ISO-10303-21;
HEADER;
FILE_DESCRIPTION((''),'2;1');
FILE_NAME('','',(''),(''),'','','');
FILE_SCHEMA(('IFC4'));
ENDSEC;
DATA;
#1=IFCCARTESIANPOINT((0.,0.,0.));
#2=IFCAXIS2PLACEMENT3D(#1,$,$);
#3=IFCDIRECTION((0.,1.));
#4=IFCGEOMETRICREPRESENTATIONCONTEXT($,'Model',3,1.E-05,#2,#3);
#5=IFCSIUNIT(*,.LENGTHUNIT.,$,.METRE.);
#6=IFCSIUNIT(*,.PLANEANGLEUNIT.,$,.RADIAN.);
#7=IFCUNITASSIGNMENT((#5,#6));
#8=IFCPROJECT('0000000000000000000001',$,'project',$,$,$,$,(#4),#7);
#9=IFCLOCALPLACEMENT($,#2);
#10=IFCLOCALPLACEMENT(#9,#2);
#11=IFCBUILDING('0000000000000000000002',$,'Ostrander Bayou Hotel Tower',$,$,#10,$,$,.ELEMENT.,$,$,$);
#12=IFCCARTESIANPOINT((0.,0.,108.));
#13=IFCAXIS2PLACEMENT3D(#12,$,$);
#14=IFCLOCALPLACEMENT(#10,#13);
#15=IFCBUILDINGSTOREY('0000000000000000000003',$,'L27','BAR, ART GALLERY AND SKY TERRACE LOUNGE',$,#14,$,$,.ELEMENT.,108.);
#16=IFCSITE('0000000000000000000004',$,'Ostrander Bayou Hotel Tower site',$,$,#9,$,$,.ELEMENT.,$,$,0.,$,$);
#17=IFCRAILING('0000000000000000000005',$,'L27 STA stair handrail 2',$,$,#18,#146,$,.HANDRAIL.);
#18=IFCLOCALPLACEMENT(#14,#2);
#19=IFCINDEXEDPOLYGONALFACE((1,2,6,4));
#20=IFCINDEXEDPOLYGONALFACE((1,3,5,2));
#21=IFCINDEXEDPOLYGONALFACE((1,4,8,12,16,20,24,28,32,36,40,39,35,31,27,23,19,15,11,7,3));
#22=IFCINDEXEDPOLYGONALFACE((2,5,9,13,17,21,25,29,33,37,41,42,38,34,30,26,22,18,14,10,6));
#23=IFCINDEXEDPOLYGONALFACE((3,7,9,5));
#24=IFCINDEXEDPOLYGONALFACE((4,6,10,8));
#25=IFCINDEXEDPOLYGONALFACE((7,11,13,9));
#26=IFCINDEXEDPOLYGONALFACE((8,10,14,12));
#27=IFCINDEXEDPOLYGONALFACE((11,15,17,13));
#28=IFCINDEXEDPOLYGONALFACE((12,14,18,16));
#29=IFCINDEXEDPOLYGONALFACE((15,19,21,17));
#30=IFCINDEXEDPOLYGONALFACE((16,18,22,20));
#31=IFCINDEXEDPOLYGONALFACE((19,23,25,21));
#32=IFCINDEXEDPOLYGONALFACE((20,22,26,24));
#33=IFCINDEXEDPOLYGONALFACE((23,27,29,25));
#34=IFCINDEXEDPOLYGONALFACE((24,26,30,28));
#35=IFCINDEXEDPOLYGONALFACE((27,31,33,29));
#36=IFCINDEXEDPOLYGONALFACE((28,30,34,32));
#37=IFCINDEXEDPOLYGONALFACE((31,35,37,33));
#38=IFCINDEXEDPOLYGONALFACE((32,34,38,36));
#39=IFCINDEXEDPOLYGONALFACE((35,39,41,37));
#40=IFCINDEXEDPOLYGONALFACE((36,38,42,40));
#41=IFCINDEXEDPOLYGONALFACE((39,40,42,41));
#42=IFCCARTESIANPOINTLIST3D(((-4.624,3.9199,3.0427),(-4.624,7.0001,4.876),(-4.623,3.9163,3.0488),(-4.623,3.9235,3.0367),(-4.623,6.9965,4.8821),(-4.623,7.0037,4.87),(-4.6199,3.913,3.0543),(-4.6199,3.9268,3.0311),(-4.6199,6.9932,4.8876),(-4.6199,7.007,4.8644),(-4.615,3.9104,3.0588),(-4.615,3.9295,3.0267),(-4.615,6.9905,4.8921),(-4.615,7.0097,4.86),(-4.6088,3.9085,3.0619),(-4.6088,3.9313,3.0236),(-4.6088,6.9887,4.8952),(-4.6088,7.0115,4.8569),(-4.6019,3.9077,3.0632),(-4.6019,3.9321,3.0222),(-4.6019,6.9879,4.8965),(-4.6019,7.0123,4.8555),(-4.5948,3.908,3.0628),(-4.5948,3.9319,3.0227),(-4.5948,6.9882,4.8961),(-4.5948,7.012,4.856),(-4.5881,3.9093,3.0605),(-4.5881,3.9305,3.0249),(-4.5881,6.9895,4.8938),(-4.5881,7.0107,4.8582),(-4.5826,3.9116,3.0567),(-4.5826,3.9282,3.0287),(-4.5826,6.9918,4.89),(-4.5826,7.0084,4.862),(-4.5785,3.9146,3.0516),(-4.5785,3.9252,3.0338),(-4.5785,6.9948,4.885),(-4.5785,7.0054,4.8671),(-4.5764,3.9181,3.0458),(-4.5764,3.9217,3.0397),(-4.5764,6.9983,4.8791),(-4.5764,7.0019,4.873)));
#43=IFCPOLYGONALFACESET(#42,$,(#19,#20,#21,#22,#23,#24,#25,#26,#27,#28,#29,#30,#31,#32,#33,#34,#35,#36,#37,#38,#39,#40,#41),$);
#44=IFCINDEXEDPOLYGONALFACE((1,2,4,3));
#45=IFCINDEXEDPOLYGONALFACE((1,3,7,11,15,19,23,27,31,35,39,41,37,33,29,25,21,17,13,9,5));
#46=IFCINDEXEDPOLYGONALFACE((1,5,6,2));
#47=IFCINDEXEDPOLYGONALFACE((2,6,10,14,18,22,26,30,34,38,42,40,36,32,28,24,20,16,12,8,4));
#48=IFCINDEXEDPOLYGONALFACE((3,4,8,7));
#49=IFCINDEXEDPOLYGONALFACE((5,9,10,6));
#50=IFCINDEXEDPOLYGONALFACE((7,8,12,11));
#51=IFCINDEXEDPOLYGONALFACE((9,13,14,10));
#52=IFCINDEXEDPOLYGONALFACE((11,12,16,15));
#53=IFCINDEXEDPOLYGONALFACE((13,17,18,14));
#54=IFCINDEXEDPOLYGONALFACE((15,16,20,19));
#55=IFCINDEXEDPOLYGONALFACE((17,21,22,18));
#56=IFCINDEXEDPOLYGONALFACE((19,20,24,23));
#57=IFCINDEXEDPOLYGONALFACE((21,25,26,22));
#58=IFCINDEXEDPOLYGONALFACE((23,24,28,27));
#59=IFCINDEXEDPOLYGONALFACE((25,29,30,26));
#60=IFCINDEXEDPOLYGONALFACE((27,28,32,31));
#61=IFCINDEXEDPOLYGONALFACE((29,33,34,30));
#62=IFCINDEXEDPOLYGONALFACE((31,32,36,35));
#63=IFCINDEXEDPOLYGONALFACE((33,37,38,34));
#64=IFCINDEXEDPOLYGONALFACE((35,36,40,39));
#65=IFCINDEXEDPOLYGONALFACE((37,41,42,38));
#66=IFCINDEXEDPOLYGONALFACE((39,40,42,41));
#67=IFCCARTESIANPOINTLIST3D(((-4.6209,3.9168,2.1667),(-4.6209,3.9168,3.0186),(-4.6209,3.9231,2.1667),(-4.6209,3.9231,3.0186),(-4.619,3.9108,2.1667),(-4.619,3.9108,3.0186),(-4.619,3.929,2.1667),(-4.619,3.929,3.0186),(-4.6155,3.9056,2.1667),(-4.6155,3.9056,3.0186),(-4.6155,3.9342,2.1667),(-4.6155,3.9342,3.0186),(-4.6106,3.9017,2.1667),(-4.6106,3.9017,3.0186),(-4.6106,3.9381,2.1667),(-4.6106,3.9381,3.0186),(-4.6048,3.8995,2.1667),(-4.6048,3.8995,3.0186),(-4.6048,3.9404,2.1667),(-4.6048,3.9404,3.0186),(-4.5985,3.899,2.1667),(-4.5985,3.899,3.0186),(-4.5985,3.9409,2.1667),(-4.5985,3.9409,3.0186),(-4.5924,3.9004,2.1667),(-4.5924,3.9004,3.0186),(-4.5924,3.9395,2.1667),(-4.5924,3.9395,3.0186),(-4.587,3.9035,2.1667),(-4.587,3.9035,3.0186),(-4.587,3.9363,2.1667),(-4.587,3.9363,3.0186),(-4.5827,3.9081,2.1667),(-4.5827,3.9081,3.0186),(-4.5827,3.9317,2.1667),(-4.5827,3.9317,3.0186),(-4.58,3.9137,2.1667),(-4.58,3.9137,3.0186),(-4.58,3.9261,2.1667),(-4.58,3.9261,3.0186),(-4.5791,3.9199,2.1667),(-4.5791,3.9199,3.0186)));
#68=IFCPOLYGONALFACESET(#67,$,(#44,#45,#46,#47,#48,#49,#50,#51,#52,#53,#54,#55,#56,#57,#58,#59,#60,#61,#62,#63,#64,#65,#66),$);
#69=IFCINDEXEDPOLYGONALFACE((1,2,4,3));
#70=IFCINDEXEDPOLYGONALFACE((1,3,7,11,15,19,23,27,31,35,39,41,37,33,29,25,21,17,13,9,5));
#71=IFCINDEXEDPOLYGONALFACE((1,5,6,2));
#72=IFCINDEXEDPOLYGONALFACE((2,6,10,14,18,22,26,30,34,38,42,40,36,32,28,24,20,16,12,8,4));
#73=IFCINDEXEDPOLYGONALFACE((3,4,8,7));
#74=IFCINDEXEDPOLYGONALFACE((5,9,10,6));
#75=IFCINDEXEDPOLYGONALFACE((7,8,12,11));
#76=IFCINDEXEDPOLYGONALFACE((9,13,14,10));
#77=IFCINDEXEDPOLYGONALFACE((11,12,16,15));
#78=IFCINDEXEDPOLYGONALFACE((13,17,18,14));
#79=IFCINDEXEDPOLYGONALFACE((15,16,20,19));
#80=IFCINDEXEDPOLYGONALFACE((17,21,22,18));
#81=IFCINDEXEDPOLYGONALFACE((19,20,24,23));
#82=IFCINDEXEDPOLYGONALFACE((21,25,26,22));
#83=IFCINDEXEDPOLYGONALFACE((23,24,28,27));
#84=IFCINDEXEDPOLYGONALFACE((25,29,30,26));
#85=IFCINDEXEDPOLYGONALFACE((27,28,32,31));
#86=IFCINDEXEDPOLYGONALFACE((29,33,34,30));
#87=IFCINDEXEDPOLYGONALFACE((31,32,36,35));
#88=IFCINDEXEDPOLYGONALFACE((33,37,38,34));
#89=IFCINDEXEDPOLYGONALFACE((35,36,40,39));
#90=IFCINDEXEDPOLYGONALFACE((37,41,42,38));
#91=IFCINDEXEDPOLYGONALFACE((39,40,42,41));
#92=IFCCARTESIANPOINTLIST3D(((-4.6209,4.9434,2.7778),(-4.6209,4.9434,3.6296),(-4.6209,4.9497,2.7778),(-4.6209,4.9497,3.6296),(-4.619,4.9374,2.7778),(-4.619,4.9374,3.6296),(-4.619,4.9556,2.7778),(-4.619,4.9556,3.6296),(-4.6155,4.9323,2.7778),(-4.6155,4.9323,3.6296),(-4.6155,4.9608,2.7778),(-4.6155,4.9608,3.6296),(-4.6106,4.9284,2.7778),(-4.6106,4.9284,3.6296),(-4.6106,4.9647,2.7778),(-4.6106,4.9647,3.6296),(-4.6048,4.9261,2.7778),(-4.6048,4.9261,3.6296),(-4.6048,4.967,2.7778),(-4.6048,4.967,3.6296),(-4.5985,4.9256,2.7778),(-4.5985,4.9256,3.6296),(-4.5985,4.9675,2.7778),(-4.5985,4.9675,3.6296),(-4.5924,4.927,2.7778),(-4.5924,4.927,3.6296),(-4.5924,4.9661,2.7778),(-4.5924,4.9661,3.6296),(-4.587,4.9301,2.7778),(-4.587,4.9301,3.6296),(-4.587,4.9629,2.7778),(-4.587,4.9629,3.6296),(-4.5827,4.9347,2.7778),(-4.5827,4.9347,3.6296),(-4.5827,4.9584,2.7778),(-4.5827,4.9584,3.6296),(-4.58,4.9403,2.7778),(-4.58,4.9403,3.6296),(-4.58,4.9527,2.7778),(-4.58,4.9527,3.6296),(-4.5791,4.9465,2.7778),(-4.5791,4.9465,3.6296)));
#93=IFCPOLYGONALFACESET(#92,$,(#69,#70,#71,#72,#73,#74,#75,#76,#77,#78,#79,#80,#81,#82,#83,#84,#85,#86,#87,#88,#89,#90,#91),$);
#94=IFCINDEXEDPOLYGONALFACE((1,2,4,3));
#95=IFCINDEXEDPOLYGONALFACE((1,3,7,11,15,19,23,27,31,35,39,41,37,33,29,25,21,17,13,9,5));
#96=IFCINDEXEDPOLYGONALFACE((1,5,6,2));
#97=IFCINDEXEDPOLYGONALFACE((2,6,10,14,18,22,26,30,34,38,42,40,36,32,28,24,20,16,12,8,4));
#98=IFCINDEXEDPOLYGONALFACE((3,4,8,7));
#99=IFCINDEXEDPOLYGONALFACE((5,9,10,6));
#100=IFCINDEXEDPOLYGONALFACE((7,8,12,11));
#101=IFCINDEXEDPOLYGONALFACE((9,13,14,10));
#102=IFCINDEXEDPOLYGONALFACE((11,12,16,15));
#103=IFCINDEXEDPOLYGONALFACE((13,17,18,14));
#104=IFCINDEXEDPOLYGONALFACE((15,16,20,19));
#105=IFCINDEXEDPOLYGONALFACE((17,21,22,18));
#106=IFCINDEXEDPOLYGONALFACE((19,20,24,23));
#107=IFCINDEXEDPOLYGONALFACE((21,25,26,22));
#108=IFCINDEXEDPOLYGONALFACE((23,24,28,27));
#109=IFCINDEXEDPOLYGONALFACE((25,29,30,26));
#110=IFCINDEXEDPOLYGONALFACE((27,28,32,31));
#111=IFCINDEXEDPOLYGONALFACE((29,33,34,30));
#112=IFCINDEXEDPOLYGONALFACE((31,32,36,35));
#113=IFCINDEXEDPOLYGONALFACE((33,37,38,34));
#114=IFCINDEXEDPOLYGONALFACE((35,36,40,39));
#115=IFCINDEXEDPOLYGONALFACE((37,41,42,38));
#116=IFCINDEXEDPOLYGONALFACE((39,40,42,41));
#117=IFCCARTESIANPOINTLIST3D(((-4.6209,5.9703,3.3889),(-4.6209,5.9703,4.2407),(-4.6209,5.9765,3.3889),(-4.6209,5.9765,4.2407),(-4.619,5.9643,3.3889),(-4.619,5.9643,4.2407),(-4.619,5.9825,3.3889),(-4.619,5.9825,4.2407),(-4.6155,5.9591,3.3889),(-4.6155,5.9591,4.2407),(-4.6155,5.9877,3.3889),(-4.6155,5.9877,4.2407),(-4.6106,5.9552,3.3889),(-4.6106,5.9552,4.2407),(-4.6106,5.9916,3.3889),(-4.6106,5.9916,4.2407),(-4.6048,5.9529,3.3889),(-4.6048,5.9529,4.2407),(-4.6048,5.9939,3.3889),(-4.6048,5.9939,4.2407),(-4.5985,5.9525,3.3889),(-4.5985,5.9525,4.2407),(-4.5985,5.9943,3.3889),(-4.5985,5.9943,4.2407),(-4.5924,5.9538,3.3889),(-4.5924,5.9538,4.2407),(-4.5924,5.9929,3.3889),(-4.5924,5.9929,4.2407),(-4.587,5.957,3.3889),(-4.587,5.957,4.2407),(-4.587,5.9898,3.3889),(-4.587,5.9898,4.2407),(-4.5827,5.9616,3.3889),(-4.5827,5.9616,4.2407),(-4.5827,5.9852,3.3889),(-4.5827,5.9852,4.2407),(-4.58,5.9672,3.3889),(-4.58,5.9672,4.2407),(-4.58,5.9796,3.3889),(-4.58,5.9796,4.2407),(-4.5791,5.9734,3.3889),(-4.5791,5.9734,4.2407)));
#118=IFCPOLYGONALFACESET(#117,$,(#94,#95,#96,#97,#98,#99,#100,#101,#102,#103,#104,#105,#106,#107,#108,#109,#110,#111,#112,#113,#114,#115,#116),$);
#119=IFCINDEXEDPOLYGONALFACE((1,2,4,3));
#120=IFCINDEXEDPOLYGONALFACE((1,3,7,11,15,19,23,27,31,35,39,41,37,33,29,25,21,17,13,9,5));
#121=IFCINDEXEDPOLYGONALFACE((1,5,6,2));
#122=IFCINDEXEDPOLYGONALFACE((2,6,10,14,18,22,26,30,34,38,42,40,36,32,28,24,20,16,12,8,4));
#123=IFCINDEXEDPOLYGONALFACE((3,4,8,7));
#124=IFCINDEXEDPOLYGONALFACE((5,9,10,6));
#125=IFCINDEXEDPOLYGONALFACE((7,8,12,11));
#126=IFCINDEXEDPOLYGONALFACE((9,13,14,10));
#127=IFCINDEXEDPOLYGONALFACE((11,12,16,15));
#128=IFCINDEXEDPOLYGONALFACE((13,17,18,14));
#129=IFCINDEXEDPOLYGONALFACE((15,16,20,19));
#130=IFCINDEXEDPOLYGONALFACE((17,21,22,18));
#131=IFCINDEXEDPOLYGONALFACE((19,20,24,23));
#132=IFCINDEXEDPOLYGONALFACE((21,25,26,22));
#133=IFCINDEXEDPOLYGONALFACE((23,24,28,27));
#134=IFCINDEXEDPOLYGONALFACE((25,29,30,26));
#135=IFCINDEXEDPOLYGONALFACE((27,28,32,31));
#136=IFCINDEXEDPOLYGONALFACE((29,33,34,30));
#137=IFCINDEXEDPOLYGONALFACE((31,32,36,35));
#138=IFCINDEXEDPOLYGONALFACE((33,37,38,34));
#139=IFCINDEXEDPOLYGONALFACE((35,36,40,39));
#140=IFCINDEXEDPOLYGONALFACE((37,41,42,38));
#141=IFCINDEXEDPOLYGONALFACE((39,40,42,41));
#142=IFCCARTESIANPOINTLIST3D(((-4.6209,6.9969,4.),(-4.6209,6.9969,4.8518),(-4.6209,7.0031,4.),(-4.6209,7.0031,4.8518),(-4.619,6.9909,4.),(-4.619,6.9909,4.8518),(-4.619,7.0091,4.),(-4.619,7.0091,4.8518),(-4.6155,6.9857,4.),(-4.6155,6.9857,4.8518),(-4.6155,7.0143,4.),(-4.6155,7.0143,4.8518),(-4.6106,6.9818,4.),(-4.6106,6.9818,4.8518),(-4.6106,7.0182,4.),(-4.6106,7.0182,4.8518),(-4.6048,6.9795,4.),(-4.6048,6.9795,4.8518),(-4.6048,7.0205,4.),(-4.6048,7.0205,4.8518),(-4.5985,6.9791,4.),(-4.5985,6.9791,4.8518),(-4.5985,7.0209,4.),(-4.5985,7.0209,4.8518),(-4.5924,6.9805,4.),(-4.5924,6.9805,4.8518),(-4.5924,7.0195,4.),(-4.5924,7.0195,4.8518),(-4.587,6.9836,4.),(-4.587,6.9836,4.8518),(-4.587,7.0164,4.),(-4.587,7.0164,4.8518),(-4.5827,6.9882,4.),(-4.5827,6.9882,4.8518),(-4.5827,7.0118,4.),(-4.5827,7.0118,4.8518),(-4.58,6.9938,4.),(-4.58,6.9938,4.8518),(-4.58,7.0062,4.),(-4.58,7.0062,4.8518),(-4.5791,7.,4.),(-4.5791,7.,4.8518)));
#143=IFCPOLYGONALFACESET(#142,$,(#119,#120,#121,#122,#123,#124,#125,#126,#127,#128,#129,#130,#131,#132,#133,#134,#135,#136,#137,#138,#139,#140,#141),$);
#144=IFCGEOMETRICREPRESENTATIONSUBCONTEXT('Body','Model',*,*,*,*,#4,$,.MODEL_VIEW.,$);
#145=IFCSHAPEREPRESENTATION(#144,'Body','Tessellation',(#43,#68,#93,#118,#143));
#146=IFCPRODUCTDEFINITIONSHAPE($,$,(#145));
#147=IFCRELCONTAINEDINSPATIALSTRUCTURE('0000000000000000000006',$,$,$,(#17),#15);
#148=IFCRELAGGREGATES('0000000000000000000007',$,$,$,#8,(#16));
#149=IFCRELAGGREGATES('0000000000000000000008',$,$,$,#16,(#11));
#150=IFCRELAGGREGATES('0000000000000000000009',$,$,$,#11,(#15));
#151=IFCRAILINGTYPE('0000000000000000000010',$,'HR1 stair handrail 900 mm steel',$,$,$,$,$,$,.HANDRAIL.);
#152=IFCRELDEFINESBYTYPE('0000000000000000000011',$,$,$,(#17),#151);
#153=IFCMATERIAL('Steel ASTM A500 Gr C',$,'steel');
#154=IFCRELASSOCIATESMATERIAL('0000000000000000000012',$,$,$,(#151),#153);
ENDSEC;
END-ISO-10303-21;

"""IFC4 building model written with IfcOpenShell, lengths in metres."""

from ifc_helpers import new_model, si_unit, direction, frame, origin, origin_2d, place, context, subcontext, project, spatial, circle, extrude, material, type_object, element, save


model = new_model("IFC4")

# Units and contexts
model_context = context("Model", 3, precision=1e-05, world=origin(), true_north=direction((0.0, 1.0)))
body_context = subcontext(model_context, "Body", "Model", "MODEL_VIEW")
ifc_project = project(units=[si_unit("LENGTHUNIT", "METRE"), si_unit("PLANEANGLEUNIT", "RADIAN")], contexts=[model_context])

# Site, building, storey
site_placement = place(None, origin())
site = spatial("IfcSite", under=ifc_project, at=site_placement, Name="Ostrander Bayou Hotel Tower site", CompositionType="ELEMENT", RefElevation=0.0)
building_placement = place(site_placement, origin())
building = spatial("IfcBuilding", under=site, at=building_placement, Name="Ostrander Bayou Hotel Tower", CompositionType="ELEMENT")
storey_placement = place(building_placement, frame((0.0, 0.0, 108.0)))
storey = spatial("IfcBuildingStorey", under=building, at=storey_placement, Name="L27", Description="BAR, ART GALLERY AND SKY TERRACE LOUNGE", CompositionType="ELEMENT", Elevation=108.0)

# Railing
ifc_material_1 = material(Name="Steel ASTM A500 Gr C", Category="steel")
railing_type_1 = type_object("IfcRailingType", Name="HR1 stair handrail 900 mm steel", PredefinedType="HANDRAIL", material=ifc_material_1)
railing_1_placement = place(storey_placement, frame((-4.6001, 3.9199, 2.1667)))
element("IfcRailing", 1, at=railing_1_placement, inside=storey, type_object=railing_type_1, Name="L27 STA stair handrail 2", PredefinedType="HANDRAIL", context=body_context, shape_type="SweptSolid", body=[
    extrude(circle(Radius=0.0239, at=origin_2d()), frame((0.0, 0.0, 0.876), z_axis=(0.0, 0.859309, 0.511458), x_axis=(-1.0, 0.0, 0.0)), (0.0, 0.0, 1.0), 3.5845),
    extrude(circle(Radius=0.021, at=origin_2d()), origin(), (0.0, 0.0, 1.0), 0.8518),
    extrude(circle(Radius=0.021, at=origin_2d()), frame((0.0, 1.0266, 0.6111)), (0.0, 0.0, 1.0), 0.8518),
    extrude(circle(Radius=0.021, at=origin_2d()), frame((0.0, 2.0535, 1.2222)), (0.0, 0.0, 1.0), 0.8518),
    extrude(circle(Radius=0.021, at=origin_2d()), frame((0.0, 3.0801, 1.8333)), (0.0, 0.0, 1.0), 0.8518),
])

save(model, "model.ifc")
